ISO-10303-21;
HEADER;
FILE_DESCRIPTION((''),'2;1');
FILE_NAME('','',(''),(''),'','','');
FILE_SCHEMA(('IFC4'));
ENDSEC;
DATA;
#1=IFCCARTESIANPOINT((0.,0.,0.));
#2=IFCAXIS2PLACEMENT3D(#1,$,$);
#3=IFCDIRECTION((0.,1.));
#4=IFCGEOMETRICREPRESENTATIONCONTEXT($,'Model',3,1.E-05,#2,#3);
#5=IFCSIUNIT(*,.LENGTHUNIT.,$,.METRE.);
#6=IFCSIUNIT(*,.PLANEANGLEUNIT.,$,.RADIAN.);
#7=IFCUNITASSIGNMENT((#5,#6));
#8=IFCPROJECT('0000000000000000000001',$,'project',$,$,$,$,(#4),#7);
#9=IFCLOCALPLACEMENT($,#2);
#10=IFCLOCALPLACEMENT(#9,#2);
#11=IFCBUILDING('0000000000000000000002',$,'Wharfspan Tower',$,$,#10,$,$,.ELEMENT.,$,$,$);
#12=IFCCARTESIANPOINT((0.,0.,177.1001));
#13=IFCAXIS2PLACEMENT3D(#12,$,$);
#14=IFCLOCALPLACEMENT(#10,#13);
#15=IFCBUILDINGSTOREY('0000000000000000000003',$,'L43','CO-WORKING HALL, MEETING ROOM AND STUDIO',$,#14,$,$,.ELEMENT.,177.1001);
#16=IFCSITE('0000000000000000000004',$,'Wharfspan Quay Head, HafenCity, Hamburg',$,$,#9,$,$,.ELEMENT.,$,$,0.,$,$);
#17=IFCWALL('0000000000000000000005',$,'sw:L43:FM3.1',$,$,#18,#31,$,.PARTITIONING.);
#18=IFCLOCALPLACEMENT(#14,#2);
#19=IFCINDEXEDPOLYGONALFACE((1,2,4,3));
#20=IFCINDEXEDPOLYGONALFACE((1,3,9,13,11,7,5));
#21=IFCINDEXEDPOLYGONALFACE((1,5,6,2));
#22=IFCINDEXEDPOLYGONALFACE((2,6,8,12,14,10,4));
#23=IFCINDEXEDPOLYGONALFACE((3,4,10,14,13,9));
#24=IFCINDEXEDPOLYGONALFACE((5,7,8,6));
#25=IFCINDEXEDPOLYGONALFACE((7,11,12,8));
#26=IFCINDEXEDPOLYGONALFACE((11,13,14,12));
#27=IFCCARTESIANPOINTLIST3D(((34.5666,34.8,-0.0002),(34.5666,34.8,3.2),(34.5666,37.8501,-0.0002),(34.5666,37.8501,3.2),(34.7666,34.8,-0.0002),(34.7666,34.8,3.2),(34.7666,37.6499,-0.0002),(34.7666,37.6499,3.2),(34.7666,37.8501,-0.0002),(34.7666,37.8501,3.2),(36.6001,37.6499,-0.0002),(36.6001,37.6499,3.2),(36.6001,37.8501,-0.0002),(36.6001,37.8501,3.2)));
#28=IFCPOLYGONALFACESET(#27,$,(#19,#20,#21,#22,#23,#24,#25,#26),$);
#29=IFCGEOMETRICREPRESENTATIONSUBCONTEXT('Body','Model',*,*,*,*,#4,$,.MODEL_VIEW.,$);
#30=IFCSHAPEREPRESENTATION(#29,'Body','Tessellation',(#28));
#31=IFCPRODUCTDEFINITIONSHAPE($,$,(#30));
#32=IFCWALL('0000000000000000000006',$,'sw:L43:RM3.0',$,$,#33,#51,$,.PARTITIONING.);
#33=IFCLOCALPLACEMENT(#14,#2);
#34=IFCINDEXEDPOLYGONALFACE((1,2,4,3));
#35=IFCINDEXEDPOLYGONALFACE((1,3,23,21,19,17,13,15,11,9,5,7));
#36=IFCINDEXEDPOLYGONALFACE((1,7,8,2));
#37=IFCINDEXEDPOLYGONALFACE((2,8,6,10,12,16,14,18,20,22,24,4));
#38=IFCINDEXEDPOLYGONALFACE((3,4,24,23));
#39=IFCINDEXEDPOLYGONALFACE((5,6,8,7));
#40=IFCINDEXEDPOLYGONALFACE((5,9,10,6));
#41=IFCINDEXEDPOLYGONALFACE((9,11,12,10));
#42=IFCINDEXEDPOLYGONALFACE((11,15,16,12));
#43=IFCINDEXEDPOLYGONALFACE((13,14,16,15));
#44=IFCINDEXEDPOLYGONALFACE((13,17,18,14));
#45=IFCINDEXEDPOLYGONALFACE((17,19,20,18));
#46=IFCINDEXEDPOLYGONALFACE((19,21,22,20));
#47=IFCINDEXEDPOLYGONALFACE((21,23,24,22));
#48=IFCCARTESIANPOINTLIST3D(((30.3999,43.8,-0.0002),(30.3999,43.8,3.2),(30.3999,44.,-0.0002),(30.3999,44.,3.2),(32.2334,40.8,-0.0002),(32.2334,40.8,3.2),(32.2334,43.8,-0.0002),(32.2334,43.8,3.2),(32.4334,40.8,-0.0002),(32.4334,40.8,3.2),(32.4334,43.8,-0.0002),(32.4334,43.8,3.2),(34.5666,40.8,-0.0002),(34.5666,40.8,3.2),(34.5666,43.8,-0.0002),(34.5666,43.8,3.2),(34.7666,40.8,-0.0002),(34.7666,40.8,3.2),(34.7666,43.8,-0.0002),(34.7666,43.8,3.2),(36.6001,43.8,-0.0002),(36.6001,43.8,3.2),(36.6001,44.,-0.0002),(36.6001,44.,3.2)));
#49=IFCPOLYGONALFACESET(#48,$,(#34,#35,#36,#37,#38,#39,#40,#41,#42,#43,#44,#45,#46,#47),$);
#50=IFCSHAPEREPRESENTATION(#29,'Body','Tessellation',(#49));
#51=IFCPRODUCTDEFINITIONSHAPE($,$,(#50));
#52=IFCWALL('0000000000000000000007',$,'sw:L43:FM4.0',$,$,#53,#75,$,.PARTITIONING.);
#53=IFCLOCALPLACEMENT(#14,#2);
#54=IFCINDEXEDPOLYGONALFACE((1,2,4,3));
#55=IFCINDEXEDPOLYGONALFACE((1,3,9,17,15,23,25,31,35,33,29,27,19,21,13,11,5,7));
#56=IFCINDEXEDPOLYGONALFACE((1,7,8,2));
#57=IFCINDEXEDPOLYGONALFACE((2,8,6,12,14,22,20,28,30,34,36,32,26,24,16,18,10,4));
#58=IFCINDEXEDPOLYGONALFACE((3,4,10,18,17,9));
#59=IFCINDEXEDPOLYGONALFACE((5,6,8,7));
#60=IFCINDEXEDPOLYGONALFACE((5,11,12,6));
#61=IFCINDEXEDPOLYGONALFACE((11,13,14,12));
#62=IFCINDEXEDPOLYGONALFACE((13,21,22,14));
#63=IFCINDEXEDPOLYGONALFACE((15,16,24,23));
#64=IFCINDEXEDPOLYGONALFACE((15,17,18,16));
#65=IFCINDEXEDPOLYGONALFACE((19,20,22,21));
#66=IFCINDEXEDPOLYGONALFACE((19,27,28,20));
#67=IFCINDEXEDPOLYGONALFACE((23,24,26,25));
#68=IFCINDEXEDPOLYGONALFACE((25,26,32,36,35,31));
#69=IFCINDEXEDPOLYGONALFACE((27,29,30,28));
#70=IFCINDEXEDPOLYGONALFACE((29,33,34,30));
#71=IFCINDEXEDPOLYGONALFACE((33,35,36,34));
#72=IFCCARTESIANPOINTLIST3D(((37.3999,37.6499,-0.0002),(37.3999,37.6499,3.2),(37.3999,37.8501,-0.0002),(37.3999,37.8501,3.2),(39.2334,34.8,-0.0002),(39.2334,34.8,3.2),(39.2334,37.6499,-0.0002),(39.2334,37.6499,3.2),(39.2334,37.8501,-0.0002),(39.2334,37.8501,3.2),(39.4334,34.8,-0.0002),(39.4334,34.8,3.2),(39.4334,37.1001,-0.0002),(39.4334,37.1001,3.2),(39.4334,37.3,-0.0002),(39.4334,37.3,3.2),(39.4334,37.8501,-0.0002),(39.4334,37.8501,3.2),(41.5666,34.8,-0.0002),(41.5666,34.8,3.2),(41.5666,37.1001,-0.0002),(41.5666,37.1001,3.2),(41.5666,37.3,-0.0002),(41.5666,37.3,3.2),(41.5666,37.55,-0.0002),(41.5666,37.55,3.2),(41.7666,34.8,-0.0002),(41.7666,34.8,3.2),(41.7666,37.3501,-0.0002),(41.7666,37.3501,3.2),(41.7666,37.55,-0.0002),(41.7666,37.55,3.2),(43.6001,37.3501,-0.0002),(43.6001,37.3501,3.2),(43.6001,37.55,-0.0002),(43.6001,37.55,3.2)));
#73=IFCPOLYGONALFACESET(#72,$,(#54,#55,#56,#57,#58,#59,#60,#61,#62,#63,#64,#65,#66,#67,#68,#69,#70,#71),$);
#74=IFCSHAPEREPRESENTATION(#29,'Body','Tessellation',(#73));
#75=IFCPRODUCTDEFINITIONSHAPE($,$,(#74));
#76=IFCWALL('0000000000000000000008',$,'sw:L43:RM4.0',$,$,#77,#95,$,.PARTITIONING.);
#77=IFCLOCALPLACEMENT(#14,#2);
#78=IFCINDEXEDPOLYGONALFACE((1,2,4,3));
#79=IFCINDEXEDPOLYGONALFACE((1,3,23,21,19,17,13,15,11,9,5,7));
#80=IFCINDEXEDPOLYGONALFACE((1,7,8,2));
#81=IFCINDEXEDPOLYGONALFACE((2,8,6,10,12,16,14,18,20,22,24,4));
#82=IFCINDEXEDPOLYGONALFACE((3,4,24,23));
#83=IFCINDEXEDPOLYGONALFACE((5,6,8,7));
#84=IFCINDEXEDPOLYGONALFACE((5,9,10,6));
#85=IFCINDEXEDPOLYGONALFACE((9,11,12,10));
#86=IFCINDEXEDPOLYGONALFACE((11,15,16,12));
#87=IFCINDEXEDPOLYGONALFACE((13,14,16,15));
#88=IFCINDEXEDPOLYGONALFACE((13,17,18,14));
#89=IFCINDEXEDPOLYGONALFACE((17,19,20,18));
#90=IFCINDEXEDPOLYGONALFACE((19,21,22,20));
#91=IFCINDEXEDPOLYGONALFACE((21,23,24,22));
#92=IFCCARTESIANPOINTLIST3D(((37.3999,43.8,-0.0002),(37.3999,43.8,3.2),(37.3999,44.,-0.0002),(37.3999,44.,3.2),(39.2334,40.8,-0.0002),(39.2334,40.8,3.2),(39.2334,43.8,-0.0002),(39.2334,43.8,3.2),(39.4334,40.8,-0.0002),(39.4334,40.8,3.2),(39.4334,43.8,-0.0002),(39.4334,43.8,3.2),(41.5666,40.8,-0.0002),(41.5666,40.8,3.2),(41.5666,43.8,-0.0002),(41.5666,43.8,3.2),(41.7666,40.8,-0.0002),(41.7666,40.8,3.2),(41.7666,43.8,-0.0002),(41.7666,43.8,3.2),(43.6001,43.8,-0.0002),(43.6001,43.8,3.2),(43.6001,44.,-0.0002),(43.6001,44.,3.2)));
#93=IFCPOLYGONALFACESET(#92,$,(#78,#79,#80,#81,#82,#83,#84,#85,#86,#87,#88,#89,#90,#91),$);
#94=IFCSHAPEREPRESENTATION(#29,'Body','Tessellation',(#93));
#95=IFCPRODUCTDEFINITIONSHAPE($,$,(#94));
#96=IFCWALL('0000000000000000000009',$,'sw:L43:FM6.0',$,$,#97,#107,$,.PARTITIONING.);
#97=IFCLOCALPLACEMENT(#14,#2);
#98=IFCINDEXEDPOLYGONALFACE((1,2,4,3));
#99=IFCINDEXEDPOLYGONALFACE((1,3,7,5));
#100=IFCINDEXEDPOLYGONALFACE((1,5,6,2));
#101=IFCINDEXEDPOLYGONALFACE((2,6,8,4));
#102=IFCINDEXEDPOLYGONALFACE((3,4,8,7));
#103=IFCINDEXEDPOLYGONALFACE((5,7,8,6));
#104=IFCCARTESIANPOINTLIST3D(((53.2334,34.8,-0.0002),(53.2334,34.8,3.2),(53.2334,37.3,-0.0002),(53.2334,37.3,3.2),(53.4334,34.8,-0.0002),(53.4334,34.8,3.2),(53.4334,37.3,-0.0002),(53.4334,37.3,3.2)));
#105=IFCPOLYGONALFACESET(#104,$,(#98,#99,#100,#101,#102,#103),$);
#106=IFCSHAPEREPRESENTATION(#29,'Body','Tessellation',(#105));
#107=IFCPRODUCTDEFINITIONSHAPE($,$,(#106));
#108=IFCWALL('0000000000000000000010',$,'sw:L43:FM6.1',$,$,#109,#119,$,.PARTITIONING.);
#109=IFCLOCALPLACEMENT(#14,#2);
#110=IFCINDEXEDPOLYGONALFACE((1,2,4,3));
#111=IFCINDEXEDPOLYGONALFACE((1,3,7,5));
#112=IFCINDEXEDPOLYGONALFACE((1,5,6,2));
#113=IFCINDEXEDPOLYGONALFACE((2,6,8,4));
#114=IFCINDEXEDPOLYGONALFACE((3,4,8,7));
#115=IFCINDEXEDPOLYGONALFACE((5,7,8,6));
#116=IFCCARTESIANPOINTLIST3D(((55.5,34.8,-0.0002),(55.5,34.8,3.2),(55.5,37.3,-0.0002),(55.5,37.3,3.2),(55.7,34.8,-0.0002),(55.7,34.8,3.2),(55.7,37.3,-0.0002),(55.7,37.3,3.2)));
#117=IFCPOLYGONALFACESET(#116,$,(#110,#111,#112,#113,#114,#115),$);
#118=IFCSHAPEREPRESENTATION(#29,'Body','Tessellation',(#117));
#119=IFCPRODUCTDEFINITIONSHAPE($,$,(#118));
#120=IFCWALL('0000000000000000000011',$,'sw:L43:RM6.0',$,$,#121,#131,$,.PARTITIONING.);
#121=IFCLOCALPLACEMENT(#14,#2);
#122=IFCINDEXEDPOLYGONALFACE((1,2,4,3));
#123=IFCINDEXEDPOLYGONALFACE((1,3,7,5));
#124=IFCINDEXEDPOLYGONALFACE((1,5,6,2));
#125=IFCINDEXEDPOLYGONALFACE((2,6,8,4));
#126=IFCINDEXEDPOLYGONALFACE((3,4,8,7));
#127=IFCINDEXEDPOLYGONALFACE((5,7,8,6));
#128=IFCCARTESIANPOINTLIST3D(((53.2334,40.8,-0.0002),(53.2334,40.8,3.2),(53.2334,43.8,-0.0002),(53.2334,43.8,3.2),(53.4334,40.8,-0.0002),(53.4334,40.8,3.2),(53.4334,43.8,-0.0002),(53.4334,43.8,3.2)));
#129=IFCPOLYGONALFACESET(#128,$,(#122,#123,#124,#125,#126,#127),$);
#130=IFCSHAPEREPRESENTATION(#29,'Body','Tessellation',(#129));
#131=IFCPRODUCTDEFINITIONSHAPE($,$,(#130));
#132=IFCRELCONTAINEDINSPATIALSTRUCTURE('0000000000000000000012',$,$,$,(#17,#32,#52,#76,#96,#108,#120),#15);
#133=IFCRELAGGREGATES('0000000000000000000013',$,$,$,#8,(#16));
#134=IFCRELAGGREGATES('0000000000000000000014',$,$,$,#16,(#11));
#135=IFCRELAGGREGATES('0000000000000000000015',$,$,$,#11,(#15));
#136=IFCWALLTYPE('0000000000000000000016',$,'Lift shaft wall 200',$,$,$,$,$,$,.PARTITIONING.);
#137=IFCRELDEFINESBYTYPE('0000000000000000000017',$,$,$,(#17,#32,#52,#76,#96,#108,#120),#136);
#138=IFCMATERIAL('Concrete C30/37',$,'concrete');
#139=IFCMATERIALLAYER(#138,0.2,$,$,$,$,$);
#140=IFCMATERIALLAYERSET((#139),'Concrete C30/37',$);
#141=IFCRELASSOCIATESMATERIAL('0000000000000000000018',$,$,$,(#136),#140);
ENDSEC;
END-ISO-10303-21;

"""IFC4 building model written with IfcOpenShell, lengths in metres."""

from ifc_helpers import new_model, si_unit, direction, frame, origin, place, context, subcontext, project, spatial, polyline, outline, extrude, material, layer, layer_set, type_object, element, save


model = new_model("IFC4")

# Units and contexts
model_context = context("Model", 3, precision=1e-05, world=origin(), true_north=direction((0.0, 1.0)))
body_context = subcontext(model_context, "Body", "Model", "MODEL_VIEW")
ifc_project = project(units=[si_unit("LENGTHUNIT", "METRE"), si_unit("PLANEANGLEUNIT", "RADIAN")], contexts=[model_context])

# Site, building, storey
site_placement = place(None, origin())
site = spatial("IfcSite", under=ifc_project, at=site_placement, Name="Wharfspan Quay Head, HafenCity, Hamburg", CompositionType="ELEMENT", RefElevation=0.0)
building_placement = place(site_placement, origin())
building = spatial("IfcBuilding", under=site, at=building_placement, Name="Wharfspan Tower", CompositionType="ELEMENT")
storey_placement = place(building_placement, frame((0.0, 0.0, 177.1001)))
storey = spatial("IfcBuildingStorey", under=building, at=storey_placement, Name="L43", Description="CO-WORKING HALL, MEETING ROOM AND STUDIO", CompositionType="ELEMENT", Elevation=177.1001)

# Walls
ifc_material_1 = material(Name="Concrete C30/37", Category="concrete")
ifc_layer_1 = layer(ifc_material_1, 0.2)
ifc_layer_set_1 = layer_set([ifc_layer_1], Name="Concrete C30/37")
wall_type_1 = type_object("IfcWallType", Name="Lift shaft wall 200", PredefinedType="PARTITIONING", material=ifc_layer_set_1)
wall_1_placement = place(storey_placement, frame((0.0, 0.0, -0.0002)))
element("IfcWall", 1, at=wall_1_placement, inside=storey, type_object=wall_type_1, Name="sw:L43:FM3.1", PredefinedType="PARTITIONING", context=body_context, shape_type="SweptSolid", body=[
    extrude(outline(polyline([(34.5667, 37.8501), (34.7666, 37.8501), (36.6001, 37.8501), (36.6001, 37.6499), (34.7666, 37.6499), (34.7666, 34.8), (34.5667, 34.8), (34.5667, 37.8501)])), origin(), (0.0, 0.0, 1.0), 3.2002),
])
wall_2_placement = place(storey_placement, frame((0.0, 0.0, -0.0002)))
element("IfcWall", 2, at=wall_2_placement, inside=storey, type_object=wall_type_1, Name="sw:L43:RM3.0", PredefinedType="PARTITIONING", context=body_context, shape_type="SweptSolid", body=[
    extrude(outline(polyline([(32.4333, 40.8), (32.2334, 40.8), (32.2334, 43.8), (30.3999, 43.8), (30.3999, 44.0), (36.6001, 44.0), (36.6001, 43.8), (34.7666, 43.8), (34.7666, 40.8), (34.5667, 40.8), (34.5667, 43.8), (32.4333, 43.8), (32.4333, 40.8)])), origin(), (0.0, 0.0, 1.0), 3.2002),
])
wall_3_placement = place(storey_placement, frame((0.0, 0.0, -0.0002)))
element("IfcWall", 3, at=wall_3_placement, inside=storey, type_object=wall_type_1, Name="sw:L43:FM4.0", PredefinedType="PARTITIONING", context=body_context, shape_type="SweptSolid", body=[
    extrude(outline(polyline([(41.5667, 37.1001), (39.4333, 37.1001), (39.4333, 34.8), (39.2334, 34.8), (39.2334, 37.6499), (37.3999, 37.6499), (37.3999, 37.8501), (39.2334, 37.8501), (39.4333, 37.8501), (39.4333, 37.3), (41.5667, 37.3), (41.5667, 37.55), (41.7666, 37.55), (43.6001, 37.55), (43.6001, 37.3501), (41.7666, 37.3501), (41.7666, 34.8), (41.5667, 34.8), (41.5667, 37.1001)])), origin(), (0.0, 0.0, 1.0), 3.2002),
])
wall_4_placement = place(storey_placement, frame((0.0, 0.0, -0.0002)))
element("IfcWall", 4, at=wall_4_placement, inside=storey, type_object=wall_type_1, Name="sw:L43:RM4.0", PredefinedType="PARTITIONING", context=body_context, shape_type="SweptSolid", body=[
    extrude(outline(polyline([(39.4333, 40.8), (39.2334, 40.8), (39.2334, 43.8), (37.3999, 43.8), (37.3999, 44.0), (43.6001, 44.0), (43.6001, 43.8), (41.7666, 43.8), (41.7666, 40.8), (41.5667, 40.8), (41.5667, 43.8), (39.4333, 43.8), (39.4333, 40.8)])), origin(), (0.0, 0.0, 1.0), 3.2002),
])
wall_5_placement = place(storey_placement, frame((0.0, 0.0, -0.0002)))
element("IfcWall", 5, at=wall_5_placement, inside=storey, type_object=wall_type_1, Name="sw:L43:FM6.0", PredefinedType="PARTITIONING", context=body_context, shape_type="SweptSolid", body=[
    extrude(outline(polyline([(53.2334, 34.8), (53.2334, 37.3), (53.4333, 37.3), (53.4333, 34.8), (53.2334, 34.8)])), origin(), (0.0, 0.0, 1.0), 3.2002),
])
wall_6_placement = place(storey_placement, frame((0.0, 0.0, -0.0002)))
element("IfcWall", 6, at=wall_6_placement, inside=storey, type_object=wall_type_1, Name="sw:L43:FM6.1", PredefinedType="PARTITIONING", context=body_context, shape_type="SweptSolid", body=[
    extrude(outline(polyline([(55.5, 34.8), (55.5, 37.3), (55.7, 37.3), (55.7, 34.8), (55.5, 34.8)])), origin(), (0.0, 0.0, 1.0), 3.2002),
])
wall_7_placement = place(storey_placement, frame((0.0, 0.0, -0.0002)))
element("IfcWall", 7, at=wall_7_placement, inside=storey, type_object=wall_type_1, Name="sw:L43:RM6.0", PredefinedType="PARTITIONING", context=body_context, shape_type="SweptSolid", body=[
    extrude(outline(polyline([(53.4333, 40.8), (53.4333, 43.8), (53.2334, 43.8), (53.2334, 40.8), (53.4333, 40.8)])), origin(), (0.0, 0.0, 1.0), 3.2002),
])

save(model, "model.ifc")
